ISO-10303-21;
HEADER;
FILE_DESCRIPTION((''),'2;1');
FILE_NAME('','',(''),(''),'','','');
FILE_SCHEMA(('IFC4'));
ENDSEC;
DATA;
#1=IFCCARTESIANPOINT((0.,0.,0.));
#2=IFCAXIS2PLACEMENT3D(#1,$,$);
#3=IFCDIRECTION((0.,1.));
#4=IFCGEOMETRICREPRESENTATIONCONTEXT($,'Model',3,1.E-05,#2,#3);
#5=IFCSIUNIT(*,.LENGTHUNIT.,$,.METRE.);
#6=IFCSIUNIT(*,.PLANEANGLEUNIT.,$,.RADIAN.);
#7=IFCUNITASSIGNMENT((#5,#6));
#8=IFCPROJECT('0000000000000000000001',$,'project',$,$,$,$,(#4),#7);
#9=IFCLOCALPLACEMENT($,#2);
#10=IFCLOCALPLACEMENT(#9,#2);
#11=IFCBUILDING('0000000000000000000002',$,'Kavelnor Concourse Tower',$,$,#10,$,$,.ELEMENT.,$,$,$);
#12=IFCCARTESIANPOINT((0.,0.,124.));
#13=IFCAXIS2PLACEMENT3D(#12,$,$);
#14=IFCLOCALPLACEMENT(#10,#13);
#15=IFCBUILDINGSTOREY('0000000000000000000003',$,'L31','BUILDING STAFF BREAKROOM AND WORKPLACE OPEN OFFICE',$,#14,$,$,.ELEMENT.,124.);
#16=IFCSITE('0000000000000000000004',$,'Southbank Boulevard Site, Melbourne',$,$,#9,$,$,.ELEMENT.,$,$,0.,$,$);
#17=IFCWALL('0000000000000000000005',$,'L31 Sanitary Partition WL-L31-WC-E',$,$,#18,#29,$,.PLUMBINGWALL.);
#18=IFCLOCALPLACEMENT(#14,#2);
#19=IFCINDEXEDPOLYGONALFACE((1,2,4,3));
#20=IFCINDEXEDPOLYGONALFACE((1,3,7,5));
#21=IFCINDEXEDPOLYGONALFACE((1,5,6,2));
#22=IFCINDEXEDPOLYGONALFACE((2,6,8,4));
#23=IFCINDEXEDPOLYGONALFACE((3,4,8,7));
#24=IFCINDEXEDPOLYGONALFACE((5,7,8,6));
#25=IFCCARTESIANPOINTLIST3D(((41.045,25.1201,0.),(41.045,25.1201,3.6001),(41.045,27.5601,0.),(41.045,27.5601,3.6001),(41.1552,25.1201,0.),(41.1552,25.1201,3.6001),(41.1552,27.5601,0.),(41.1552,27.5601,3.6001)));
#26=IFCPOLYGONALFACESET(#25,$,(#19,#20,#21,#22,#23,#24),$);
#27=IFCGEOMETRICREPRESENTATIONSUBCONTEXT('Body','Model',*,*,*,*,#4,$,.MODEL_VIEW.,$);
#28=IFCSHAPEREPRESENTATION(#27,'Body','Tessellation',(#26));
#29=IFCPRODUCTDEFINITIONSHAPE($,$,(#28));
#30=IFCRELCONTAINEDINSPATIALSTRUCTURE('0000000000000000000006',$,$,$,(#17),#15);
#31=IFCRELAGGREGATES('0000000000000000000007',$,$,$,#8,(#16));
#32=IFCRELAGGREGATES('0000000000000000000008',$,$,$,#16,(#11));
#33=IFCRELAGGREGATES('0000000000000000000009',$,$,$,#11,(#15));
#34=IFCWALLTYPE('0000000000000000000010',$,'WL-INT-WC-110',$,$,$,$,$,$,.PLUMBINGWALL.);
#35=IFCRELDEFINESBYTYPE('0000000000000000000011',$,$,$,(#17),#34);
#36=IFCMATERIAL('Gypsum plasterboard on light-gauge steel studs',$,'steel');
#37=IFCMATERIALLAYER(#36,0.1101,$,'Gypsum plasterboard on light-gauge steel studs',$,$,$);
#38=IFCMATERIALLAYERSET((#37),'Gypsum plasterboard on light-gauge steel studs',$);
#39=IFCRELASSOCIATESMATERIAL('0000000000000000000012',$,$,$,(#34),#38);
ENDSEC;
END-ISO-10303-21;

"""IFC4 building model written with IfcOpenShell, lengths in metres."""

from ifc_helpers import new_model, si_unit, direction, frame, frame_2d, origin, place, context, subcontext, project, spatial, rectangle, extrude, material, layer, layer_set, type_object, element, save


model = new_model("IFC4")

# Units and contexts
model_context = context("Model", 3, precision=1e-05, world=origin(), true_north=direction((0.0, 1.0)))
body_context = subcontext(model_context, "Body", "Model", "MODEL_VIEW")
ifc_project = project(units=[si_unit("LENGTHUNIT", "METRE"), si_unit("PLANEANGLEUNIT", "RADIAN")], contexts=[model_context])

# Site, building, storey
site_placement = place(None, origin())
site = spatial("IfcSite", under=ifc_project, at=site_placement, Name="Southbank Boulevard Site, Melbourne", CompositionType="ELEMENT", RefElevation=0.0)
building_placement = place(site_placement, origin())
building = spatial("IfcBuilding", under=site, at=building_placement, Name="Kavelnor Concourse Tower", CompositionType="ELEMENT")
storey_placement = place(building_placement, frame((0.0, 0.0, 124.0)))
storey = spatial("IfcBuildingStorey", under=building, at=storey_placement, Name="L31", Description="BUILDING STAFF BREAKROOM AND WORKPLACE OPEN OFFICE", CompositionType="ELEMENT", Elevation=124.0)

# Shared definitions
ifc_material_1 = material(Name="Gypsum plasterboard on light-gauge steel studs", Category="steel")

# Wall
ifc_layer_1 = layer(ifc_material_1, 0.1101, Name="Gypsum plasterboard on light-gauge steel studs")
ifc_layer_set_1 = layer_set([ifc_layer_1], Name="Gypsum plasterboard on light-gauge steel studs")
wall_type_1 = type_object("IfcWallType", Name="WL-INT-WC-110", PredefinedType="PLUMBINGWALL", material=ifc_layer_set_1)
for number, where, z_axis, x_axis, name in (
    (1, (41.1001, 25.1201, 0.0), (0.0, 0.0, 1.0), (0.0, 1.0, 0.0), "L31 Sanitary Partition WL-L31-WC-E"),
):
    element("IfcWall", number, at=place(storey_placement, frame(where, z_axis=z_axis, x_axis=x_axis)), inside=storey, type_object=wall_type_1, Name=name, PredefinedType="PLUMBINGWALL", context=body_context, shape_type="SweptSolid", body=[
        extrude(rectangle(XDim=2.4399, YDim=0.1101, at=frame_2d((1.22, 0.0))), origin(), (0.0, 0.0, 1.0), 3.6001),
    ])

save(model, "model.ifc")
